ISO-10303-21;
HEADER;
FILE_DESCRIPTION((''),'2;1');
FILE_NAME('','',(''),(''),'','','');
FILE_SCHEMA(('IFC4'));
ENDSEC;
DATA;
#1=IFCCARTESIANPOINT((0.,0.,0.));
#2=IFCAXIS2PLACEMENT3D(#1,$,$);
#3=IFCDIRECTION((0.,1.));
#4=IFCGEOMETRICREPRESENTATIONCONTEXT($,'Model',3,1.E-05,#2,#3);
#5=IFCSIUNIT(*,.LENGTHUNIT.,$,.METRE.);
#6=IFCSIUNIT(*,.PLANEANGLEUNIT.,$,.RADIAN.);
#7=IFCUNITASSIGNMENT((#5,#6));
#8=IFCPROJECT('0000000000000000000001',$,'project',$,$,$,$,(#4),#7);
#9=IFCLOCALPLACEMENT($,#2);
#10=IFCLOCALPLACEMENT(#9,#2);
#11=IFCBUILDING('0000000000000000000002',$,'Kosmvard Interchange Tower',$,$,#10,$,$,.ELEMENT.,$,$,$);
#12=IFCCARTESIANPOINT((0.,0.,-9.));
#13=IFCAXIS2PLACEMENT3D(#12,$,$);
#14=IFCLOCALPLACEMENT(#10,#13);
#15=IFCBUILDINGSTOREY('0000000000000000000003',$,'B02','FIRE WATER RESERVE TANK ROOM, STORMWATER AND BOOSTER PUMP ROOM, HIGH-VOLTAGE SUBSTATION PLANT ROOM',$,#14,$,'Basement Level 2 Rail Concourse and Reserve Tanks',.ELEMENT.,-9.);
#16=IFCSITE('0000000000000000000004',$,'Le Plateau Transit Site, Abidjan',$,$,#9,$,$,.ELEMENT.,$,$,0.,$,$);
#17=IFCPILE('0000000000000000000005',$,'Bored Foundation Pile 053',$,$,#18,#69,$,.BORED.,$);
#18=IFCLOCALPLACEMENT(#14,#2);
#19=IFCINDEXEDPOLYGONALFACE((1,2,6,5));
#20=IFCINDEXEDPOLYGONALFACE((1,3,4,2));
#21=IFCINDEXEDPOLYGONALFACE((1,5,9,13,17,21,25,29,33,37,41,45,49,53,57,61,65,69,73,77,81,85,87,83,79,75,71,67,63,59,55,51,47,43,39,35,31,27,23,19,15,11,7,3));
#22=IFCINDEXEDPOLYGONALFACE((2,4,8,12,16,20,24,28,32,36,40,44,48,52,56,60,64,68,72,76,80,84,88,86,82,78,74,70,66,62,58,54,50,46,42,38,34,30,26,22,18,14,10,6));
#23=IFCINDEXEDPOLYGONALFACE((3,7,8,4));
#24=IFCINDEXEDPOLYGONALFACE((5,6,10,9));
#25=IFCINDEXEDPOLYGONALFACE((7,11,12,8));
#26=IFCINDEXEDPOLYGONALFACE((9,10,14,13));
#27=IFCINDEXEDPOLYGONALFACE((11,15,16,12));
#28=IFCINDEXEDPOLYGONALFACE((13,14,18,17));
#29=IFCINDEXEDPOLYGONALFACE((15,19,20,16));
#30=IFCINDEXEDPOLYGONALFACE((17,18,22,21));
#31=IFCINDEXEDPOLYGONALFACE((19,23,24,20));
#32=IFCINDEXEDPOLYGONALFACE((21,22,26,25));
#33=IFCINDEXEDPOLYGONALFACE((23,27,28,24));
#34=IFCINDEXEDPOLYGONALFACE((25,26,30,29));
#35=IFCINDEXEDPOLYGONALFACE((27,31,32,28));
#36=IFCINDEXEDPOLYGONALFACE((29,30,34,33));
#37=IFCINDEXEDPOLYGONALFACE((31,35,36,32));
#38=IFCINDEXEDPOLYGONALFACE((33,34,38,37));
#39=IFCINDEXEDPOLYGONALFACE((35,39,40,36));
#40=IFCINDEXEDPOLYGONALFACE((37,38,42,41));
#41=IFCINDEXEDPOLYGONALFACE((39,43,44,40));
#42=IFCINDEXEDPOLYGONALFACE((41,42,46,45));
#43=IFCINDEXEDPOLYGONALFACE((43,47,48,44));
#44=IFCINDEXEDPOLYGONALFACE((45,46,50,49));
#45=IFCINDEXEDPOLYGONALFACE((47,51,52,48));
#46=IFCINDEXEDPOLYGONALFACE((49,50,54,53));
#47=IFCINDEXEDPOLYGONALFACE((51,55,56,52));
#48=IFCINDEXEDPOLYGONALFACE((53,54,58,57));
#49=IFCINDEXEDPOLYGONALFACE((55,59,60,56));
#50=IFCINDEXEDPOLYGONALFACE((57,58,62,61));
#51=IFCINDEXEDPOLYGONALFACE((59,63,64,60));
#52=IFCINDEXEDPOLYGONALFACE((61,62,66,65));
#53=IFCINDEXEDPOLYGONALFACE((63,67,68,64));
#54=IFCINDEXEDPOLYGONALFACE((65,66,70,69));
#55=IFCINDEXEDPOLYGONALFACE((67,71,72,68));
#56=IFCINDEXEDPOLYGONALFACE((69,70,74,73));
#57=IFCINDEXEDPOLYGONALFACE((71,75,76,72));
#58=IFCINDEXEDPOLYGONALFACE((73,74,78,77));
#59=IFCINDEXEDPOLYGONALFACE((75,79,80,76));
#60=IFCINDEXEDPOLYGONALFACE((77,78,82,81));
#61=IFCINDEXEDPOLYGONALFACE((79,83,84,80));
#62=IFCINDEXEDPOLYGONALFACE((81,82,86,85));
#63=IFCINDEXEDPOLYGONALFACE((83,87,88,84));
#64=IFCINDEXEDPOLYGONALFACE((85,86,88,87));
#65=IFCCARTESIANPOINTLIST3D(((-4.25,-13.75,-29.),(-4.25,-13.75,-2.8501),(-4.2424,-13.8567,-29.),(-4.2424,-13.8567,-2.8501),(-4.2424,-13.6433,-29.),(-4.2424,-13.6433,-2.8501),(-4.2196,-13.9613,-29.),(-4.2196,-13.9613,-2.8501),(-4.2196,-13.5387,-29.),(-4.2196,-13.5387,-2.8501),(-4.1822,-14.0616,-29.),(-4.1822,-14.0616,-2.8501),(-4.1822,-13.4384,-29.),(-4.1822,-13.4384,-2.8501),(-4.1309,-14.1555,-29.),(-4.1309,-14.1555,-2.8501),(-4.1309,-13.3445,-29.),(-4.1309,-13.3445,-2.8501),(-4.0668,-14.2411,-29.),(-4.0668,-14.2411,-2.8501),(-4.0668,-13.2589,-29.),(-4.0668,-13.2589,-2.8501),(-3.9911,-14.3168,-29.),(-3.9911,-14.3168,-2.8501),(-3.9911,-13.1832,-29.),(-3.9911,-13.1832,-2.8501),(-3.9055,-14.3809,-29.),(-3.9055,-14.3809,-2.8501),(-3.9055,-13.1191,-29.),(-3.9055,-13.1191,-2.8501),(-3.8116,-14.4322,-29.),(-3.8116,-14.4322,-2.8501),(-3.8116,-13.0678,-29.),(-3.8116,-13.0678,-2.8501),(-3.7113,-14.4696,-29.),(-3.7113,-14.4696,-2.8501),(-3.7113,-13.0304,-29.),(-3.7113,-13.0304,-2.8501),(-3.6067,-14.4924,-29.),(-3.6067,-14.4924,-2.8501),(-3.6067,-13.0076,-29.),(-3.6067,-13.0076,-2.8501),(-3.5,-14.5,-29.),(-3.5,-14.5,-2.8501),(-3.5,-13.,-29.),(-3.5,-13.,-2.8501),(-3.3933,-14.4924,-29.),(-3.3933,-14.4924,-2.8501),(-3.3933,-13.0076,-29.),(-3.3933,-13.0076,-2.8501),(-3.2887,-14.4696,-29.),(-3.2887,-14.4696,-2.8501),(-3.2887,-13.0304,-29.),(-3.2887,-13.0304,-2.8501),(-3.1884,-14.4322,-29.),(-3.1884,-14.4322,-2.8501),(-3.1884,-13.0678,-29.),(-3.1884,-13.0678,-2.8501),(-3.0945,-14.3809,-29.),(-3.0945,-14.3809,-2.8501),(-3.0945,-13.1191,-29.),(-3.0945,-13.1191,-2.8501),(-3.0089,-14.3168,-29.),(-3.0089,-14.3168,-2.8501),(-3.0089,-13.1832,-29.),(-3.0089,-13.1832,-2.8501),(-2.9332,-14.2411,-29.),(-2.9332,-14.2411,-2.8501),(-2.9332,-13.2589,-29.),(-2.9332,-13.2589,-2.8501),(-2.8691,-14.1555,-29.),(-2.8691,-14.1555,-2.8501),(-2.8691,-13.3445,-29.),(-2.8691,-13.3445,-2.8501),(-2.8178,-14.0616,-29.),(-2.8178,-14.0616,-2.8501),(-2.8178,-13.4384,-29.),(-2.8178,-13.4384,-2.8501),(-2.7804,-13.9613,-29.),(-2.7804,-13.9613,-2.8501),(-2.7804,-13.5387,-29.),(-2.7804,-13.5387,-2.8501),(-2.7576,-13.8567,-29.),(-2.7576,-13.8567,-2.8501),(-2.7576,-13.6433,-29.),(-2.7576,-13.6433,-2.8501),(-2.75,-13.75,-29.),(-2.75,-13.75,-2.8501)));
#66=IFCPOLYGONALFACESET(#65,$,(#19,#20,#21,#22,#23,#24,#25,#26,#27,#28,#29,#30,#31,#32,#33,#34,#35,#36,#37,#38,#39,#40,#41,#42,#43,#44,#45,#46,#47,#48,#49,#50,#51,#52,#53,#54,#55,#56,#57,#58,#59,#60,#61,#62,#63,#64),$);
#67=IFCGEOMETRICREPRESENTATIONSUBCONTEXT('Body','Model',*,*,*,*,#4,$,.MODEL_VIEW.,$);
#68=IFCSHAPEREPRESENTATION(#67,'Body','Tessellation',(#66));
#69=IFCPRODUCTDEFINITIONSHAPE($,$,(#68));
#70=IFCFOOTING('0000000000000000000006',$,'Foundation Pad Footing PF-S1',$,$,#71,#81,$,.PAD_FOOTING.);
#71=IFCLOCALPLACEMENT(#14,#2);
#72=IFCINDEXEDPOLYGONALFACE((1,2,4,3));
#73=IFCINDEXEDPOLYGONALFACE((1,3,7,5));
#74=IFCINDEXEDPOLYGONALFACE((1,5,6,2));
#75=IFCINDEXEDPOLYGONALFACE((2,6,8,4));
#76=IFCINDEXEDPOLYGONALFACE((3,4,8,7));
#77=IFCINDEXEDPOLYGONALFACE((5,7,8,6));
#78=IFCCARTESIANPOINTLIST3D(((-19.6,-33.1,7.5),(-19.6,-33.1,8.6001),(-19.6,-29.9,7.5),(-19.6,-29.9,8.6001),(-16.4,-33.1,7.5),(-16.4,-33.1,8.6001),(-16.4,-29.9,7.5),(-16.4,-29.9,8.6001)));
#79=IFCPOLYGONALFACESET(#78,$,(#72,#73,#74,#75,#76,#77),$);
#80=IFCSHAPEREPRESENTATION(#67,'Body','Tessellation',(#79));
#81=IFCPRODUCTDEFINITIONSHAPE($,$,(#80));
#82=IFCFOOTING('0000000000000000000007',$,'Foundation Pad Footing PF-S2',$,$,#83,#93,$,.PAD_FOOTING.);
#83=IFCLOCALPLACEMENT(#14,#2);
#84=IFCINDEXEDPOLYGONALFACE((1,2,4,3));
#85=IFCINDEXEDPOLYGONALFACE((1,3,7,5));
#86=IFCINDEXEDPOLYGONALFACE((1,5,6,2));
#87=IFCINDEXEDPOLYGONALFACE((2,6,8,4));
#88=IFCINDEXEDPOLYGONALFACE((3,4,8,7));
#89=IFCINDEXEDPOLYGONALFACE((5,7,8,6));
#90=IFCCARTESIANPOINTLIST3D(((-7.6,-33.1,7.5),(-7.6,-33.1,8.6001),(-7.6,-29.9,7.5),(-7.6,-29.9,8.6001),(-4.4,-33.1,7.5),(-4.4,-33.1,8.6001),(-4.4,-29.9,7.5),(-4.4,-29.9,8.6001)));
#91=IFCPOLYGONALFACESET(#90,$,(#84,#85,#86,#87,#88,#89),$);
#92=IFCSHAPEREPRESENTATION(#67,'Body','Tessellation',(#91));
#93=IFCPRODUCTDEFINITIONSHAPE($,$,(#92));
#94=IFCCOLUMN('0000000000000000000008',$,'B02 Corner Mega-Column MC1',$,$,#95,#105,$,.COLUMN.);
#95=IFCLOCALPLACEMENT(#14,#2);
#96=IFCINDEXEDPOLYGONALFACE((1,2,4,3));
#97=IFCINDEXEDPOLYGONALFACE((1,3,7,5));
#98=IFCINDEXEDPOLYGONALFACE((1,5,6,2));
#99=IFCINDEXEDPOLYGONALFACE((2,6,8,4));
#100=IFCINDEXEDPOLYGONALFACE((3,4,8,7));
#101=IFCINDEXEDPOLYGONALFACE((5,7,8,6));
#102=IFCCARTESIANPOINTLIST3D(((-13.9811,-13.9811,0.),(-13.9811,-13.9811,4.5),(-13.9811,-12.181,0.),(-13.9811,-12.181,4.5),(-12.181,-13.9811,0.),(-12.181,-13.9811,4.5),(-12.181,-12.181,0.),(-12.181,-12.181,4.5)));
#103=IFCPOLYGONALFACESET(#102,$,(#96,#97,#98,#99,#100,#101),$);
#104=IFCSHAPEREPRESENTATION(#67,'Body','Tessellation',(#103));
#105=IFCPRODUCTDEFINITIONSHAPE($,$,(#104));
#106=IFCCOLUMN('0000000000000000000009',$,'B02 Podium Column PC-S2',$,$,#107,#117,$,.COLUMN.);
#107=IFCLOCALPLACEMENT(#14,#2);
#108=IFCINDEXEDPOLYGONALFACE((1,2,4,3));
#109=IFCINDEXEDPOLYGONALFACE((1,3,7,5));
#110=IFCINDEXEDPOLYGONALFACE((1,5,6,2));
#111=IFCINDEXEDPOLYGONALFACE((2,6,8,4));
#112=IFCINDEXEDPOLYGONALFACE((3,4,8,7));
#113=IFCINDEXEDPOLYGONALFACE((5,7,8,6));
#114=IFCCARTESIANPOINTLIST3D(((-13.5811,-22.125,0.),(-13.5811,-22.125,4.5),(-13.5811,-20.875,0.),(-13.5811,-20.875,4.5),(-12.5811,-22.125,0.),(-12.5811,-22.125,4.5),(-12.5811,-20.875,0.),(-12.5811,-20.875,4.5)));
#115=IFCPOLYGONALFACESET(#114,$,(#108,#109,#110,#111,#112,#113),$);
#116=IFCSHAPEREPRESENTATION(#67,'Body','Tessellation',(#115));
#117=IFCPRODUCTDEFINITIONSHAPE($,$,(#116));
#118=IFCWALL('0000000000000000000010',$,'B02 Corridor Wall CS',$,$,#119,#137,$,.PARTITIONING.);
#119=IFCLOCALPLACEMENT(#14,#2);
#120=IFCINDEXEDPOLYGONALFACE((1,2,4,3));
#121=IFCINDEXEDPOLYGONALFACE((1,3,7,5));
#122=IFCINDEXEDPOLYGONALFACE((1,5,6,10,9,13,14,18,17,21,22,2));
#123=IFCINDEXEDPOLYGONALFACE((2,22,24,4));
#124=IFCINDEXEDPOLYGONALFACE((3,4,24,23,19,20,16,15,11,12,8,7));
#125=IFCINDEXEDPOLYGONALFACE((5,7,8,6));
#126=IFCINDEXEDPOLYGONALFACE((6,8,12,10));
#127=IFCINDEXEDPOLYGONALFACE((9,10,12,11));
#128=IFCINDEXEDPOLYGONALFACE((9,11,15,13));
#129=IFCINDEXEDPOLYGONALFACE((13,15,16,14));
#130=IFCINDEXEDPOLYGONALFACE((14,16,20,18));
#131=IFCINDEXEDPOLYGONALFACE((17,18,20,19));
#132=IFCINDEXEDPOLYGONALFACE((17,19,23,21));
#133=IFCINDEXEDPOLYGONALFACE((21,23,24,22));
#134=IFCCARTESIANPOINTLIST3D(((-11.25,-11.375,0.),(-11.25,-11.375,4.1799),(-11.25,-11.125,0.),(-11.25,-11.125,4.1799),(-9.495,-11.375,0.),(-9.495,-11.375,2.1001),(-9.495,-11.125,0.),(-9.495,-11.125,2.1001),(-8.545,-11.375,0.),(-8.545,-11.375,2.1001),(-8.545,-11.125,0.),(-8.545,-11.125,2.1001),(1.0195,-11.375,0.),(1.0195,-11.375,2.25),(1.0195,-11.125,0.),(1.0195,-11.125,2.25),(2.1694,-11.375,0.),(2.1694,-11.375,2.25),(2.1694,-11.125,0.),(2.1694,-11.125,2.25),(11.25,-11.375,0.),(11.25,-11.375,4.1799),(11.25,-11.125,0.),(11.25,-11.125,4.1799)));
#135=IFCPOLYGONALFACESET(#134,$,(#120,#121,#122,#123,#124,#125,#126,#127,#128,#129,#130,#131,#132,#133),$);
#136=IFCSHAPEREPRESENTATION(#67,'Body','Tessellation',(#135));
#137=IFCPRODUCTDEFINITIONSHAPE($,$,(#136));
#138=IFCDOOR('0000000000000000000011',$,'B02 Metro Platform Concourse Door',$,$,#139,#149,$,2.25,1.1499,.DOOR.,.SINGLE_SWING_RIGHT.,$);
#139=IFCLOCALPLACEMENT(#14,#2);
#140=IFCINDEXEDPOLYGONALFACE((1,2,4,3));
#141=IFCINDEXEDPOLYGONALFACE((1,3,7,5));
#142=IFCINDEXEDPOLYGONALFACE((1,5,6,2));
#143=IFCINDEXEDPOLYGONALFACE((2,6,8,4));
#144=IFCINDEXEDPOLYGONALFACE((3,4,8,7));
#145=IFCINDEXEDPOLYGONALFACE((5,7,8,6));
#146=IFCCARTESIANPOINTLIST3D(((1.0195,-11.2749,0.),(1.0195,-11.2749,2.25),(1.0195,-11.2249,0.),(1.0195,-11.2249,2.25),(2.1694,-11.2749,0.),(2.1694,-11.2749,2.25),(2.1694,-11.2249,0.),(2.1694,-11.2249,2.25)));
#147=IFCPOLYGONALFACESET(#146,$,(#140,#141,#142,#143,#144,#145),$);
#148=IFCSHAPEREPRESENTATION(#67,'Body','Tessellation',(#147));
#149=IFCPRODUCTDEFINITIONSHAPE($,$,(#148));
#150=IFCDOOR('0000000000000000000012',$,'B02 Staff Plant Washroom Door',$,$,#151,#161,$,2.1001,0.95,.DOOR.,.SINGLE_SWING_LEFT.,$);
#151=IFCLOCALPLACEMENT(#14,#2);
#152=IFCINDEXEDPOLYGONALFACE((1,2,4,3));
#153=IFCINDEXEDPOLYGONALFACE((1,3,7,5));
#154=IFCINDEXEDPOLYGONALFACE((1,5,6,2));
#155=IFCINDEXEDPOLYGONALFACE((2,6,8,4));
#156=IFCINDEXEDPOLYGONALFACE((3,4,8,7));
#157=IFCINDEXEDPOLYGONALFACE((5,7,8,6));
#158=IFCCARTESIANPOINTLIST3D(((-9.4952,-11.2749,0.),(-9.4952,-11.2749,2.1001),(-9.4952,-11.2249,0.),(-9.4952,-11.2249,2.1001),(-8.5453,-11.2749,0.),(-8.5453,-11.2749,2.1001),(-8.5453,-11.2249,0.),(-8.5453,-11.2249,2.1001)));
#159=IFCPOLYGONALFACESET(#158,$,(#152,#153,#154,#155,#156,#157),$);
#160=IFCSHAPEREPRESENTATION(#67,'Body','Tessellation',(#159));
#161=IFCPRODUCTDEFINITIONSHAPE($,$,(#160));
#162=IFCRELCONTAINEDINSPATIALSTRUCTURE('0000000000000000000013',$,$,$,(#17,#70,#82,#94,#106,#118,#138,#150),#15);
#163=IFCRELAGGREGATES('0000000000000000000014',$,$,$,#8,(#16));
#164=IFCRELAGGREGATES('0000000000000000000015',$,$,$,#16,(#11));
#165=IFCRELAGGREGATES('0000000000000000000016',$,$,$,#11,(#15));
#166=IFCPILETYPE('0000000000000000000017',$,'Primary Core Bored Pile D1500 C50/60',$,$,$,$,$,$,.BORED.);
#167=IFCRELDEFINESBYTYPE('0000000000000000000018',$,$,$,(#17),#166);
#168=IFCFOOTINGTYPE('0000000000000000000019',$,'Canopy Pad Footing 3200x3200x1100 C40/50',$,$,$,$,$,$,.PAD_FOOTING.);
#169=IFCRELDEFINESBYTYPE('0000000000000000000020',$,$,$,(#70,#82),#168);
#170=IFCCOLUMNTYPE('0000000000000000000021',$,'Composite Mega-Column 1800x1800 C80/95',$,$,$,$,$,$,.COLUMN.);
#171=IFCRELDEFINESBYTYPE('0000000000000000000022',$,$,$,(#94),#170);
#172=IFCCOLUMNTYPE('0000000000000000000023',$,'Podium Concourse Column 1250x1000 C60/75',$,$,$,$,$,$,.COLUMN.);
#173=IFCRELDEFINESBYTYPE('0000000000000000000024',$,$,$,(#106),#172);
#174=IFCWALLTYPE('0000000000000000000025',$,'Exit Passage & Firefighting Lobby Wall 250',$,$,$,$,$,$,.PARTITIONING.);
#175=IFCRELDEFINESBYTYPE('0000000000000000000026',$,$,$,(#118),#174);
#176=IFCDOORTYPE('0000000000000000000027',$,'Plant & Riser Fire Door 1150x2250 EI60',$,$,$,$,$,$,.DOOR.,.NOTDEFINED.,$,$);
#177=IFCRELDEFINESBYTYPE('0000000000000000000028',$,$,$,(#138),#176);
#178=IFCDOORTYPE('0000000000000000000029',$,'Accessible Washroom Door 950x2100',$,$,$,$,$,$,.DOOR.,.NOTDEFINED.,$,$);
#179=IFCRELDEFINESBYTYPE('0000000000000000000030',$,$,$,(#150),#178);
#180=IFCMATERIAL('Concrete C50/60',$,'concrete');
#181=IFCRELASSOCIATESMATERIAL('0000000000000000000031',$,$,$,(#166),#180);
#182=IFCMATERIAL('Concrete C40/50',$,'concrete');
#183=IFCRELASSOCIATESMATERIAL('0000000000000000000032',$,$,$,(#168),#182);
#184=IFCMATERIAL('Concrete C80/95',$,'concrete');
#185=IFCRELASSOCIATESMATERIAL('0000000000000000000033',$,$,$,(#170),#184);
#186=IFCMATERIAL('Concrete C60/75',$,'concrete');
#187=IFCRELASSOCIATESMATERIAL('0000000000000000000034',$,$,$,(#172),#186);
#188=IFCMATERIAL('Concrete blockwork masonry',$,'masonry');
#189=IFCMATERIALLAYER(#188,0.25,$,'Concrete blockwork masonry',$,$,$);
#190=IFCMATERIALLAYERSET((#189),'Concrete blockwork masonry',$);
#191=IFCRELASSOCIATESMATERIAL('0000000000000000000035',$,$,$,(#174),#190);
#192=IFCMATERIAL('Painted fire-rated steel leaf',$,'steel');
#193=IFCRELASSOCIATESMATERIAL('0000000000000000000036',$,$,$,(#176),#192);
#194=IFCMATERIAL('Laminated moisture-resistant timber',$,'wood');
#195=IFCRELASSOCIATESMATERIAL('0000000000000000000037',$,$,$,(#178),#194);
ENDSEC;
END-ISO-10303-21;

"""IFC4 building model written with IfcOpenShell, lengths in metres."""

from ifc_helpers import new_model, si_unit, direction, frame, frame_2d, origin, origin_2d, place, context, subcontext, project, spatial, rectangle, circle, extrude, source, transform, mapped, material, layer, layer_set, material_profile, profile_set, type_object, element, fill, save


model = new_model("IFC4")

# Units and contexts
model_context = context("Model", 3, precision=1e-05, world=origin(), true_north=direction((0.0, 1.0)))
body_context = subcontext(model_context, "Body", "Model", "MODEL_VIEW")
ifc_project = project(units=[si_unit("LENGTHUNIT", "METRE"), si_unit("PLANEANGLEUNIT", "RADIAN")], contexts=[model_context])

# Site, building, storey
site_placement = place(None, origin())
site = spatial("IfcSite", under=ifc_project, at=site_placement, Name="Le Plateau Transit Site, Abidjan", CompositionType="ELEMENT", RefElevation=0.0)
building_placement = place(site_placement, origin())
building = spatial("IfcBuilding", under=site, at=building_placement, Name="Kosmvard Interchange Tower", CompositionType="ELEMENT")
storey_placement = place(building_placement, frame((0.0, 0.0, -9.0)))
storey = spatial("IfcBuildingStorey", under=building, at=storey_placement, Name="B02", Description="FIRE WATER RESERVE TANK ROOM, STORMWATER AND BOOSTER PUMP ROOM, HIGH-VOLTAGE SUBSTATION PLANT ROOM", LongName="Basement Level 2 Rail Concourse and Reserve Tanks", CompositionType="ELEMENT", Elevation=-9.0)

# Pile
ifc_material_1 = material(Name="Concrete C50/60", Category="concrete")
ifc_material_profile_1 = material_profile(ifc_material_1, circle(Radius=0.75, at=origin_2d()), Name="PILE D1500")
ifc_profile_set_1 = profile_set([ifc_material_profile_1], Name="Concrete C50/60")
pile_type_1 = type_object("IfcPileType", Name="Primary Core Bored Pile D1500 C50/60", PredefinedType="BORED", material=ifc_profile_set_1)
shared_shape_1 = source(origin(), body_context, "Body", "SweptSolid", [
    extrude(circle(Radius=0.75, at=origin_2d()), origin(), (0.0, 0.0, 1.0), 26.1499),
])
for number, where, z_axis, x_axis, name in (
    (1, (-3.5, -13.75, -2.8501), (0.0, 0.0, -1.0), (1.0, 0.0, 0.0), "Bored Foundation Pile 053"),
):
    element("IfcPile", number, at=place(storey_placement, frame(where, z_axis=z_axis, x_axis=x_axis)), inside=storey, type_object=pile_type_1, Name=name, PredefinedType="BORED", context=body_context, shape_type="MappedRepresentation", body=[
        mapped(shared_shape_1, transform((0.0, 0.0, 0.0), scale=1.0)),
    ])

# Footings
ifc_material_2 = material(Name="Concrete C40/50", Category="concrete")
footing_type = type_object("IfcFootingType", Name="Canopy Pad Footing 3200x3200x1100 C40/50", PredefinedType="PAD_FOOTING", material=ifc_material_2)
shared_shape_2 = source(origin(), body_context, "Body", "SweptSolid", [
    extrude(rectangle(XDim=3.2, YDim=3.2, at=origin_2d()), origin(), (0.0, 0.0, 1.0), 1.1001),
])
for number, where, z_axis, x_axis, name in (
    (2, (-18.0, -31.5, 7.5), (0.0, 0.0, 1.0), (1.0, 0.0, 0.0), "Foundation Pad Footing PF-S1"),
    (3, (-6.0, -31.5, 7.5), (0.0, 0.0, 1.0), (1.0, 0.0, 0.0), "Foundation Pad Footing PF-S2"),
):
    element("IfcFooting", number, at=place(storey_placement, frame(where, z_axis=z_axis, x_axis=x_axis)), inside=storey, type_object=footing_type, Name=name, PredefinedType="PAD_FOOTING", context=body_context, shape_type="MappedRepresentation", body=[
        mapped(shared_shape_2, transform((0.0, 0.0, 0.0), scale=1.0)),
    ])

# Columns
ifc_material_3 = material(Name="Concrete C80/95", Category="concrete")
ifc_material_profile_2 = material_profile(ifc_material_3, rectangle(XDim=1.8, YDim=1.8, at=origin_2d()), Name="MC 1800x1800")
ifc_profile_set_2 = profile_set([ifc_material_profile_2], Name="Concrete C80/95")
column_type_1 = type_object("IfcColumnType", Name="Composite Mega-Column 1800x1800 C80/95", PredefinedType="COLUMN", material=ifc_profile_set_2)
shared_shape_3 = source(origin(), body_context, "Body", "SweptSolid", [
    extrude(rectangle(XDim=1.8, YDim=1.8, at=origin_2d()), origin(), (0.0, 0.0, 1.0), 4.5),
])
column_1_placement = place(storey_placement, frame((-13.0811, -13.0811, 0.0), z_axis=(0.0, 0.0, 1.0), x_axis=(1.0, 0.0, 0.0)))
element("IfcColumn", 4, at=column_1_placement, inside=storey, type_object=column_type_1, Name="B02 Corner Mega-Column MC1", PredefinedType="COLUMN", context=body_context, shape_type="MappedRepresentation", body=[
    mapped(shared_shape_3, transform((0.0, 0.0, 0.0), scale=1.0)),
])
ifc_material_4 = material(Name="Concrete C60/75", Category="concrete")
ifc_material_profile_3 = material_profile(ifc_material_4, rectangle(XDim=1.0, YDim=1.25, at=origin_2d()), Name="PC 1250x1000")
ifc_profile_set_3 = profile_set([ifc_material_profile_3], Name="Concrete C60/75")
column_type_2 = type_object("IfcColumnType", Name="Podium Concourse Column 1250x1000 C60/75", PredefinedType="COLUMN", material=ifc_profile_set_3)
shared_shape_4 = source(origin(), body_context, "Body", "SweptSolid", [
    extrude(rectangle(XDim=1.0, YDim=1.25, at=origin_2d()), origin(), (0.0, 0.0, 1.0), 4.5),
])
column_2_placement = place(storey_placement, frame((-13.0811, -21.5, 0.0), z_axis=(0.0, 0.0, 1.0), x_axis=(1.0, 0.0, 0.0)))
element("IfcColumn", 5, at=column_2_placement, inside=storey, type_object=column_type_2, Name="B02 Podium Column PC-S2", PredefinedType="COLUMN", context=body_context, shape_type="MappedRepresentation", body=[
    mapped(shared_shape_4, transform((0.0, 0.0, 0.0), scale=1.0)),
])

# Wall, openings, doors
ifc_material_5 = material(Name="Concrete blockwork masonry", Category="masonry")
ifc_layer_1 = layer(ifc_material_5, 0.25, Name="Concrete blockwork masonry")
ifc_layer_set_1 = layer_set([ifc_layer_1], Name="Concrete blockwork masonry")
wall_type_1 = type_object("IfcWallType", Name="Exit Passage & Firefighting Lobby Wall 250", PredefinedType="PARTITIONING", material=ifc_layer_set_1)
wall_1_placement = place(storey_placement, frame((-11.25, -11.25, 0.0), z_axis=(0.0, 0.0, 1.0), x_axis=(1.0, 0.0, 0.0)))
wall_1 = element("IfcWall", 6, at=wall_1_placement, inside=storey, type_object=wall_type_1, Name="B02 Corridor Wall CS", PredefinedType="PARTITIONING", context=body_context, shape_type="SweptSolid", body=[
    extrude(rectangle(XDim=22.5, YDim=0.25, at=frame_2d((11.25, 0.0))), origin(), (0.0, 0.0, 1.0), 4.1799),
])
opening_1_placement = place(wall_1_placement, frame((1.7549, 0.0, 0.0)))
opening_1 = element("IfcOpeningElement", 7, at=opening_1_placement, cuts=wall_1, PredefinedType="OPENING", context=body_context, shape_type="SweptSolid", body=[
    extrude(rectangle(XDim=0.95, YDim=2.1001, at=frame_2d((0.4751, 1.05))), frame((0.0, 0.135, 0.0), z_axis=(0.0, -1.0, 0.0), x_axis=(1.0, 0.0, 0.0)), (0.0, 0.0, 1.0), 0.27),
])
opening_2_placement = place(wall_1_placement, frame((12.2695, 0.0, 0.0)))
opening_2 = element("IfcOpeningElement", 8, at=opening_2_placement, cuts=wall_1, PredefinedType="OPENING", context=body_context, shape_type="SweptSolid", body=[
    extrude(rectangle(XDim=1.1499, YDim=2.25, at=frame_2d((0.575, 1.125))), frame((0.0, 0.135, 0.0), z_axis=(0.0, -1.0, 0.0), x_axis=(1.0, 0.0, 0.0)), (0.0, 0.0, 1.0), 0.27),
])
ifc_material_6 = material(Name="Painted fire-rated steel leaf", Category="steel")
door_type_1 = type_object("IfcDoorType", Name="Plant & Riser Fire Door 1150x2250 EI60", OperationType="NOTDEFINED", PredefinedType="DOOR", material=ifc_material_6)
shared_shape_5 = source(origin(), body_context, "Body", "SweptSolid", [
    extrude(rectangle(XDim=1.1499, YDim=2.25, at=frame_2d((0.575, 1.125))), frame((0.0, 0.0249, 0.0), z_axis=(0.0, -1.0, 0.0), x_axis=(1.0, 0.0, 0.0)), (0.0, 0.0, 1.0), 0.05),
])
door_1_placement = place(opening_2_placement, frame((1.1499, 0.0, 0.0), z_axis=(0.0, 0.0, 1.0), x_axis=(-1.0, 0.0, 0.0)))
door_1 = element("IfcDoor", 9, at=door_1_placement, inside=storey, type_object=door_type_1, Name="B02 Metro Platform Concourse Door", OperationType="SINGLE_SWING_RIGHT", OverallHeight=2.25, OverallWidth=1.1499, PredefinedType="DOOR", context=body_context, shape_type="MappedRepresentation", body=[
    mapped(shared_shape_5, transform((0.0, 0.0, 0.0), scale=1.0)),
])
fill(opening_2, door_1)
ifc_material_7 = material(Name="Laminated moisture-resistant timber", Category="wood")
door_type_2 = type_object("IfcDoorType", Name="Accessible Washroom Door 950x2100", OperationType="NOTDEFINED", PredefinedType="DOOR", material=ifc_material_7)
shared_shape_6 = source(origin(), body_context, "Body", "SweptSolid", [
    extrude(rectangle(XDim=0.95, YDim=2.1001, at=frame_2d((0.4751, 1.05))), frame((0.0, 0.0249, 0.0), z_axis=(0.0, -1.0, 0.0), x_axis=(1.0, 0.0, 0.0)), (0.0, 0.0, 1.0), 0.05),
])
door_2_placement = place(opening_1_placement, frame((0.95, 0.0, 0.0), z_axis=(0.0, 0.0, 1.0), x_axis=(-1.0, 0.0, 0.0)))
door_2 = element("IfcDoor", 10, at=door_2_placement, inside=storey, type_object=door_type_2, Name="B02 Staff Plant Washroom Door", OperationType="SINGLE_SWING_LEFT", OverallHeight=2.1001, OverallWidth=0.95, PredefinedType="DOOR", context=body_context, shape_type="MappedRepresentation", body=[
    mapped(shared_shape_6, transform((0.0, 0.0, 0.0), scale=1.0)),
])
fill(opening_1, door_2)

save(model, "model.ifc")
